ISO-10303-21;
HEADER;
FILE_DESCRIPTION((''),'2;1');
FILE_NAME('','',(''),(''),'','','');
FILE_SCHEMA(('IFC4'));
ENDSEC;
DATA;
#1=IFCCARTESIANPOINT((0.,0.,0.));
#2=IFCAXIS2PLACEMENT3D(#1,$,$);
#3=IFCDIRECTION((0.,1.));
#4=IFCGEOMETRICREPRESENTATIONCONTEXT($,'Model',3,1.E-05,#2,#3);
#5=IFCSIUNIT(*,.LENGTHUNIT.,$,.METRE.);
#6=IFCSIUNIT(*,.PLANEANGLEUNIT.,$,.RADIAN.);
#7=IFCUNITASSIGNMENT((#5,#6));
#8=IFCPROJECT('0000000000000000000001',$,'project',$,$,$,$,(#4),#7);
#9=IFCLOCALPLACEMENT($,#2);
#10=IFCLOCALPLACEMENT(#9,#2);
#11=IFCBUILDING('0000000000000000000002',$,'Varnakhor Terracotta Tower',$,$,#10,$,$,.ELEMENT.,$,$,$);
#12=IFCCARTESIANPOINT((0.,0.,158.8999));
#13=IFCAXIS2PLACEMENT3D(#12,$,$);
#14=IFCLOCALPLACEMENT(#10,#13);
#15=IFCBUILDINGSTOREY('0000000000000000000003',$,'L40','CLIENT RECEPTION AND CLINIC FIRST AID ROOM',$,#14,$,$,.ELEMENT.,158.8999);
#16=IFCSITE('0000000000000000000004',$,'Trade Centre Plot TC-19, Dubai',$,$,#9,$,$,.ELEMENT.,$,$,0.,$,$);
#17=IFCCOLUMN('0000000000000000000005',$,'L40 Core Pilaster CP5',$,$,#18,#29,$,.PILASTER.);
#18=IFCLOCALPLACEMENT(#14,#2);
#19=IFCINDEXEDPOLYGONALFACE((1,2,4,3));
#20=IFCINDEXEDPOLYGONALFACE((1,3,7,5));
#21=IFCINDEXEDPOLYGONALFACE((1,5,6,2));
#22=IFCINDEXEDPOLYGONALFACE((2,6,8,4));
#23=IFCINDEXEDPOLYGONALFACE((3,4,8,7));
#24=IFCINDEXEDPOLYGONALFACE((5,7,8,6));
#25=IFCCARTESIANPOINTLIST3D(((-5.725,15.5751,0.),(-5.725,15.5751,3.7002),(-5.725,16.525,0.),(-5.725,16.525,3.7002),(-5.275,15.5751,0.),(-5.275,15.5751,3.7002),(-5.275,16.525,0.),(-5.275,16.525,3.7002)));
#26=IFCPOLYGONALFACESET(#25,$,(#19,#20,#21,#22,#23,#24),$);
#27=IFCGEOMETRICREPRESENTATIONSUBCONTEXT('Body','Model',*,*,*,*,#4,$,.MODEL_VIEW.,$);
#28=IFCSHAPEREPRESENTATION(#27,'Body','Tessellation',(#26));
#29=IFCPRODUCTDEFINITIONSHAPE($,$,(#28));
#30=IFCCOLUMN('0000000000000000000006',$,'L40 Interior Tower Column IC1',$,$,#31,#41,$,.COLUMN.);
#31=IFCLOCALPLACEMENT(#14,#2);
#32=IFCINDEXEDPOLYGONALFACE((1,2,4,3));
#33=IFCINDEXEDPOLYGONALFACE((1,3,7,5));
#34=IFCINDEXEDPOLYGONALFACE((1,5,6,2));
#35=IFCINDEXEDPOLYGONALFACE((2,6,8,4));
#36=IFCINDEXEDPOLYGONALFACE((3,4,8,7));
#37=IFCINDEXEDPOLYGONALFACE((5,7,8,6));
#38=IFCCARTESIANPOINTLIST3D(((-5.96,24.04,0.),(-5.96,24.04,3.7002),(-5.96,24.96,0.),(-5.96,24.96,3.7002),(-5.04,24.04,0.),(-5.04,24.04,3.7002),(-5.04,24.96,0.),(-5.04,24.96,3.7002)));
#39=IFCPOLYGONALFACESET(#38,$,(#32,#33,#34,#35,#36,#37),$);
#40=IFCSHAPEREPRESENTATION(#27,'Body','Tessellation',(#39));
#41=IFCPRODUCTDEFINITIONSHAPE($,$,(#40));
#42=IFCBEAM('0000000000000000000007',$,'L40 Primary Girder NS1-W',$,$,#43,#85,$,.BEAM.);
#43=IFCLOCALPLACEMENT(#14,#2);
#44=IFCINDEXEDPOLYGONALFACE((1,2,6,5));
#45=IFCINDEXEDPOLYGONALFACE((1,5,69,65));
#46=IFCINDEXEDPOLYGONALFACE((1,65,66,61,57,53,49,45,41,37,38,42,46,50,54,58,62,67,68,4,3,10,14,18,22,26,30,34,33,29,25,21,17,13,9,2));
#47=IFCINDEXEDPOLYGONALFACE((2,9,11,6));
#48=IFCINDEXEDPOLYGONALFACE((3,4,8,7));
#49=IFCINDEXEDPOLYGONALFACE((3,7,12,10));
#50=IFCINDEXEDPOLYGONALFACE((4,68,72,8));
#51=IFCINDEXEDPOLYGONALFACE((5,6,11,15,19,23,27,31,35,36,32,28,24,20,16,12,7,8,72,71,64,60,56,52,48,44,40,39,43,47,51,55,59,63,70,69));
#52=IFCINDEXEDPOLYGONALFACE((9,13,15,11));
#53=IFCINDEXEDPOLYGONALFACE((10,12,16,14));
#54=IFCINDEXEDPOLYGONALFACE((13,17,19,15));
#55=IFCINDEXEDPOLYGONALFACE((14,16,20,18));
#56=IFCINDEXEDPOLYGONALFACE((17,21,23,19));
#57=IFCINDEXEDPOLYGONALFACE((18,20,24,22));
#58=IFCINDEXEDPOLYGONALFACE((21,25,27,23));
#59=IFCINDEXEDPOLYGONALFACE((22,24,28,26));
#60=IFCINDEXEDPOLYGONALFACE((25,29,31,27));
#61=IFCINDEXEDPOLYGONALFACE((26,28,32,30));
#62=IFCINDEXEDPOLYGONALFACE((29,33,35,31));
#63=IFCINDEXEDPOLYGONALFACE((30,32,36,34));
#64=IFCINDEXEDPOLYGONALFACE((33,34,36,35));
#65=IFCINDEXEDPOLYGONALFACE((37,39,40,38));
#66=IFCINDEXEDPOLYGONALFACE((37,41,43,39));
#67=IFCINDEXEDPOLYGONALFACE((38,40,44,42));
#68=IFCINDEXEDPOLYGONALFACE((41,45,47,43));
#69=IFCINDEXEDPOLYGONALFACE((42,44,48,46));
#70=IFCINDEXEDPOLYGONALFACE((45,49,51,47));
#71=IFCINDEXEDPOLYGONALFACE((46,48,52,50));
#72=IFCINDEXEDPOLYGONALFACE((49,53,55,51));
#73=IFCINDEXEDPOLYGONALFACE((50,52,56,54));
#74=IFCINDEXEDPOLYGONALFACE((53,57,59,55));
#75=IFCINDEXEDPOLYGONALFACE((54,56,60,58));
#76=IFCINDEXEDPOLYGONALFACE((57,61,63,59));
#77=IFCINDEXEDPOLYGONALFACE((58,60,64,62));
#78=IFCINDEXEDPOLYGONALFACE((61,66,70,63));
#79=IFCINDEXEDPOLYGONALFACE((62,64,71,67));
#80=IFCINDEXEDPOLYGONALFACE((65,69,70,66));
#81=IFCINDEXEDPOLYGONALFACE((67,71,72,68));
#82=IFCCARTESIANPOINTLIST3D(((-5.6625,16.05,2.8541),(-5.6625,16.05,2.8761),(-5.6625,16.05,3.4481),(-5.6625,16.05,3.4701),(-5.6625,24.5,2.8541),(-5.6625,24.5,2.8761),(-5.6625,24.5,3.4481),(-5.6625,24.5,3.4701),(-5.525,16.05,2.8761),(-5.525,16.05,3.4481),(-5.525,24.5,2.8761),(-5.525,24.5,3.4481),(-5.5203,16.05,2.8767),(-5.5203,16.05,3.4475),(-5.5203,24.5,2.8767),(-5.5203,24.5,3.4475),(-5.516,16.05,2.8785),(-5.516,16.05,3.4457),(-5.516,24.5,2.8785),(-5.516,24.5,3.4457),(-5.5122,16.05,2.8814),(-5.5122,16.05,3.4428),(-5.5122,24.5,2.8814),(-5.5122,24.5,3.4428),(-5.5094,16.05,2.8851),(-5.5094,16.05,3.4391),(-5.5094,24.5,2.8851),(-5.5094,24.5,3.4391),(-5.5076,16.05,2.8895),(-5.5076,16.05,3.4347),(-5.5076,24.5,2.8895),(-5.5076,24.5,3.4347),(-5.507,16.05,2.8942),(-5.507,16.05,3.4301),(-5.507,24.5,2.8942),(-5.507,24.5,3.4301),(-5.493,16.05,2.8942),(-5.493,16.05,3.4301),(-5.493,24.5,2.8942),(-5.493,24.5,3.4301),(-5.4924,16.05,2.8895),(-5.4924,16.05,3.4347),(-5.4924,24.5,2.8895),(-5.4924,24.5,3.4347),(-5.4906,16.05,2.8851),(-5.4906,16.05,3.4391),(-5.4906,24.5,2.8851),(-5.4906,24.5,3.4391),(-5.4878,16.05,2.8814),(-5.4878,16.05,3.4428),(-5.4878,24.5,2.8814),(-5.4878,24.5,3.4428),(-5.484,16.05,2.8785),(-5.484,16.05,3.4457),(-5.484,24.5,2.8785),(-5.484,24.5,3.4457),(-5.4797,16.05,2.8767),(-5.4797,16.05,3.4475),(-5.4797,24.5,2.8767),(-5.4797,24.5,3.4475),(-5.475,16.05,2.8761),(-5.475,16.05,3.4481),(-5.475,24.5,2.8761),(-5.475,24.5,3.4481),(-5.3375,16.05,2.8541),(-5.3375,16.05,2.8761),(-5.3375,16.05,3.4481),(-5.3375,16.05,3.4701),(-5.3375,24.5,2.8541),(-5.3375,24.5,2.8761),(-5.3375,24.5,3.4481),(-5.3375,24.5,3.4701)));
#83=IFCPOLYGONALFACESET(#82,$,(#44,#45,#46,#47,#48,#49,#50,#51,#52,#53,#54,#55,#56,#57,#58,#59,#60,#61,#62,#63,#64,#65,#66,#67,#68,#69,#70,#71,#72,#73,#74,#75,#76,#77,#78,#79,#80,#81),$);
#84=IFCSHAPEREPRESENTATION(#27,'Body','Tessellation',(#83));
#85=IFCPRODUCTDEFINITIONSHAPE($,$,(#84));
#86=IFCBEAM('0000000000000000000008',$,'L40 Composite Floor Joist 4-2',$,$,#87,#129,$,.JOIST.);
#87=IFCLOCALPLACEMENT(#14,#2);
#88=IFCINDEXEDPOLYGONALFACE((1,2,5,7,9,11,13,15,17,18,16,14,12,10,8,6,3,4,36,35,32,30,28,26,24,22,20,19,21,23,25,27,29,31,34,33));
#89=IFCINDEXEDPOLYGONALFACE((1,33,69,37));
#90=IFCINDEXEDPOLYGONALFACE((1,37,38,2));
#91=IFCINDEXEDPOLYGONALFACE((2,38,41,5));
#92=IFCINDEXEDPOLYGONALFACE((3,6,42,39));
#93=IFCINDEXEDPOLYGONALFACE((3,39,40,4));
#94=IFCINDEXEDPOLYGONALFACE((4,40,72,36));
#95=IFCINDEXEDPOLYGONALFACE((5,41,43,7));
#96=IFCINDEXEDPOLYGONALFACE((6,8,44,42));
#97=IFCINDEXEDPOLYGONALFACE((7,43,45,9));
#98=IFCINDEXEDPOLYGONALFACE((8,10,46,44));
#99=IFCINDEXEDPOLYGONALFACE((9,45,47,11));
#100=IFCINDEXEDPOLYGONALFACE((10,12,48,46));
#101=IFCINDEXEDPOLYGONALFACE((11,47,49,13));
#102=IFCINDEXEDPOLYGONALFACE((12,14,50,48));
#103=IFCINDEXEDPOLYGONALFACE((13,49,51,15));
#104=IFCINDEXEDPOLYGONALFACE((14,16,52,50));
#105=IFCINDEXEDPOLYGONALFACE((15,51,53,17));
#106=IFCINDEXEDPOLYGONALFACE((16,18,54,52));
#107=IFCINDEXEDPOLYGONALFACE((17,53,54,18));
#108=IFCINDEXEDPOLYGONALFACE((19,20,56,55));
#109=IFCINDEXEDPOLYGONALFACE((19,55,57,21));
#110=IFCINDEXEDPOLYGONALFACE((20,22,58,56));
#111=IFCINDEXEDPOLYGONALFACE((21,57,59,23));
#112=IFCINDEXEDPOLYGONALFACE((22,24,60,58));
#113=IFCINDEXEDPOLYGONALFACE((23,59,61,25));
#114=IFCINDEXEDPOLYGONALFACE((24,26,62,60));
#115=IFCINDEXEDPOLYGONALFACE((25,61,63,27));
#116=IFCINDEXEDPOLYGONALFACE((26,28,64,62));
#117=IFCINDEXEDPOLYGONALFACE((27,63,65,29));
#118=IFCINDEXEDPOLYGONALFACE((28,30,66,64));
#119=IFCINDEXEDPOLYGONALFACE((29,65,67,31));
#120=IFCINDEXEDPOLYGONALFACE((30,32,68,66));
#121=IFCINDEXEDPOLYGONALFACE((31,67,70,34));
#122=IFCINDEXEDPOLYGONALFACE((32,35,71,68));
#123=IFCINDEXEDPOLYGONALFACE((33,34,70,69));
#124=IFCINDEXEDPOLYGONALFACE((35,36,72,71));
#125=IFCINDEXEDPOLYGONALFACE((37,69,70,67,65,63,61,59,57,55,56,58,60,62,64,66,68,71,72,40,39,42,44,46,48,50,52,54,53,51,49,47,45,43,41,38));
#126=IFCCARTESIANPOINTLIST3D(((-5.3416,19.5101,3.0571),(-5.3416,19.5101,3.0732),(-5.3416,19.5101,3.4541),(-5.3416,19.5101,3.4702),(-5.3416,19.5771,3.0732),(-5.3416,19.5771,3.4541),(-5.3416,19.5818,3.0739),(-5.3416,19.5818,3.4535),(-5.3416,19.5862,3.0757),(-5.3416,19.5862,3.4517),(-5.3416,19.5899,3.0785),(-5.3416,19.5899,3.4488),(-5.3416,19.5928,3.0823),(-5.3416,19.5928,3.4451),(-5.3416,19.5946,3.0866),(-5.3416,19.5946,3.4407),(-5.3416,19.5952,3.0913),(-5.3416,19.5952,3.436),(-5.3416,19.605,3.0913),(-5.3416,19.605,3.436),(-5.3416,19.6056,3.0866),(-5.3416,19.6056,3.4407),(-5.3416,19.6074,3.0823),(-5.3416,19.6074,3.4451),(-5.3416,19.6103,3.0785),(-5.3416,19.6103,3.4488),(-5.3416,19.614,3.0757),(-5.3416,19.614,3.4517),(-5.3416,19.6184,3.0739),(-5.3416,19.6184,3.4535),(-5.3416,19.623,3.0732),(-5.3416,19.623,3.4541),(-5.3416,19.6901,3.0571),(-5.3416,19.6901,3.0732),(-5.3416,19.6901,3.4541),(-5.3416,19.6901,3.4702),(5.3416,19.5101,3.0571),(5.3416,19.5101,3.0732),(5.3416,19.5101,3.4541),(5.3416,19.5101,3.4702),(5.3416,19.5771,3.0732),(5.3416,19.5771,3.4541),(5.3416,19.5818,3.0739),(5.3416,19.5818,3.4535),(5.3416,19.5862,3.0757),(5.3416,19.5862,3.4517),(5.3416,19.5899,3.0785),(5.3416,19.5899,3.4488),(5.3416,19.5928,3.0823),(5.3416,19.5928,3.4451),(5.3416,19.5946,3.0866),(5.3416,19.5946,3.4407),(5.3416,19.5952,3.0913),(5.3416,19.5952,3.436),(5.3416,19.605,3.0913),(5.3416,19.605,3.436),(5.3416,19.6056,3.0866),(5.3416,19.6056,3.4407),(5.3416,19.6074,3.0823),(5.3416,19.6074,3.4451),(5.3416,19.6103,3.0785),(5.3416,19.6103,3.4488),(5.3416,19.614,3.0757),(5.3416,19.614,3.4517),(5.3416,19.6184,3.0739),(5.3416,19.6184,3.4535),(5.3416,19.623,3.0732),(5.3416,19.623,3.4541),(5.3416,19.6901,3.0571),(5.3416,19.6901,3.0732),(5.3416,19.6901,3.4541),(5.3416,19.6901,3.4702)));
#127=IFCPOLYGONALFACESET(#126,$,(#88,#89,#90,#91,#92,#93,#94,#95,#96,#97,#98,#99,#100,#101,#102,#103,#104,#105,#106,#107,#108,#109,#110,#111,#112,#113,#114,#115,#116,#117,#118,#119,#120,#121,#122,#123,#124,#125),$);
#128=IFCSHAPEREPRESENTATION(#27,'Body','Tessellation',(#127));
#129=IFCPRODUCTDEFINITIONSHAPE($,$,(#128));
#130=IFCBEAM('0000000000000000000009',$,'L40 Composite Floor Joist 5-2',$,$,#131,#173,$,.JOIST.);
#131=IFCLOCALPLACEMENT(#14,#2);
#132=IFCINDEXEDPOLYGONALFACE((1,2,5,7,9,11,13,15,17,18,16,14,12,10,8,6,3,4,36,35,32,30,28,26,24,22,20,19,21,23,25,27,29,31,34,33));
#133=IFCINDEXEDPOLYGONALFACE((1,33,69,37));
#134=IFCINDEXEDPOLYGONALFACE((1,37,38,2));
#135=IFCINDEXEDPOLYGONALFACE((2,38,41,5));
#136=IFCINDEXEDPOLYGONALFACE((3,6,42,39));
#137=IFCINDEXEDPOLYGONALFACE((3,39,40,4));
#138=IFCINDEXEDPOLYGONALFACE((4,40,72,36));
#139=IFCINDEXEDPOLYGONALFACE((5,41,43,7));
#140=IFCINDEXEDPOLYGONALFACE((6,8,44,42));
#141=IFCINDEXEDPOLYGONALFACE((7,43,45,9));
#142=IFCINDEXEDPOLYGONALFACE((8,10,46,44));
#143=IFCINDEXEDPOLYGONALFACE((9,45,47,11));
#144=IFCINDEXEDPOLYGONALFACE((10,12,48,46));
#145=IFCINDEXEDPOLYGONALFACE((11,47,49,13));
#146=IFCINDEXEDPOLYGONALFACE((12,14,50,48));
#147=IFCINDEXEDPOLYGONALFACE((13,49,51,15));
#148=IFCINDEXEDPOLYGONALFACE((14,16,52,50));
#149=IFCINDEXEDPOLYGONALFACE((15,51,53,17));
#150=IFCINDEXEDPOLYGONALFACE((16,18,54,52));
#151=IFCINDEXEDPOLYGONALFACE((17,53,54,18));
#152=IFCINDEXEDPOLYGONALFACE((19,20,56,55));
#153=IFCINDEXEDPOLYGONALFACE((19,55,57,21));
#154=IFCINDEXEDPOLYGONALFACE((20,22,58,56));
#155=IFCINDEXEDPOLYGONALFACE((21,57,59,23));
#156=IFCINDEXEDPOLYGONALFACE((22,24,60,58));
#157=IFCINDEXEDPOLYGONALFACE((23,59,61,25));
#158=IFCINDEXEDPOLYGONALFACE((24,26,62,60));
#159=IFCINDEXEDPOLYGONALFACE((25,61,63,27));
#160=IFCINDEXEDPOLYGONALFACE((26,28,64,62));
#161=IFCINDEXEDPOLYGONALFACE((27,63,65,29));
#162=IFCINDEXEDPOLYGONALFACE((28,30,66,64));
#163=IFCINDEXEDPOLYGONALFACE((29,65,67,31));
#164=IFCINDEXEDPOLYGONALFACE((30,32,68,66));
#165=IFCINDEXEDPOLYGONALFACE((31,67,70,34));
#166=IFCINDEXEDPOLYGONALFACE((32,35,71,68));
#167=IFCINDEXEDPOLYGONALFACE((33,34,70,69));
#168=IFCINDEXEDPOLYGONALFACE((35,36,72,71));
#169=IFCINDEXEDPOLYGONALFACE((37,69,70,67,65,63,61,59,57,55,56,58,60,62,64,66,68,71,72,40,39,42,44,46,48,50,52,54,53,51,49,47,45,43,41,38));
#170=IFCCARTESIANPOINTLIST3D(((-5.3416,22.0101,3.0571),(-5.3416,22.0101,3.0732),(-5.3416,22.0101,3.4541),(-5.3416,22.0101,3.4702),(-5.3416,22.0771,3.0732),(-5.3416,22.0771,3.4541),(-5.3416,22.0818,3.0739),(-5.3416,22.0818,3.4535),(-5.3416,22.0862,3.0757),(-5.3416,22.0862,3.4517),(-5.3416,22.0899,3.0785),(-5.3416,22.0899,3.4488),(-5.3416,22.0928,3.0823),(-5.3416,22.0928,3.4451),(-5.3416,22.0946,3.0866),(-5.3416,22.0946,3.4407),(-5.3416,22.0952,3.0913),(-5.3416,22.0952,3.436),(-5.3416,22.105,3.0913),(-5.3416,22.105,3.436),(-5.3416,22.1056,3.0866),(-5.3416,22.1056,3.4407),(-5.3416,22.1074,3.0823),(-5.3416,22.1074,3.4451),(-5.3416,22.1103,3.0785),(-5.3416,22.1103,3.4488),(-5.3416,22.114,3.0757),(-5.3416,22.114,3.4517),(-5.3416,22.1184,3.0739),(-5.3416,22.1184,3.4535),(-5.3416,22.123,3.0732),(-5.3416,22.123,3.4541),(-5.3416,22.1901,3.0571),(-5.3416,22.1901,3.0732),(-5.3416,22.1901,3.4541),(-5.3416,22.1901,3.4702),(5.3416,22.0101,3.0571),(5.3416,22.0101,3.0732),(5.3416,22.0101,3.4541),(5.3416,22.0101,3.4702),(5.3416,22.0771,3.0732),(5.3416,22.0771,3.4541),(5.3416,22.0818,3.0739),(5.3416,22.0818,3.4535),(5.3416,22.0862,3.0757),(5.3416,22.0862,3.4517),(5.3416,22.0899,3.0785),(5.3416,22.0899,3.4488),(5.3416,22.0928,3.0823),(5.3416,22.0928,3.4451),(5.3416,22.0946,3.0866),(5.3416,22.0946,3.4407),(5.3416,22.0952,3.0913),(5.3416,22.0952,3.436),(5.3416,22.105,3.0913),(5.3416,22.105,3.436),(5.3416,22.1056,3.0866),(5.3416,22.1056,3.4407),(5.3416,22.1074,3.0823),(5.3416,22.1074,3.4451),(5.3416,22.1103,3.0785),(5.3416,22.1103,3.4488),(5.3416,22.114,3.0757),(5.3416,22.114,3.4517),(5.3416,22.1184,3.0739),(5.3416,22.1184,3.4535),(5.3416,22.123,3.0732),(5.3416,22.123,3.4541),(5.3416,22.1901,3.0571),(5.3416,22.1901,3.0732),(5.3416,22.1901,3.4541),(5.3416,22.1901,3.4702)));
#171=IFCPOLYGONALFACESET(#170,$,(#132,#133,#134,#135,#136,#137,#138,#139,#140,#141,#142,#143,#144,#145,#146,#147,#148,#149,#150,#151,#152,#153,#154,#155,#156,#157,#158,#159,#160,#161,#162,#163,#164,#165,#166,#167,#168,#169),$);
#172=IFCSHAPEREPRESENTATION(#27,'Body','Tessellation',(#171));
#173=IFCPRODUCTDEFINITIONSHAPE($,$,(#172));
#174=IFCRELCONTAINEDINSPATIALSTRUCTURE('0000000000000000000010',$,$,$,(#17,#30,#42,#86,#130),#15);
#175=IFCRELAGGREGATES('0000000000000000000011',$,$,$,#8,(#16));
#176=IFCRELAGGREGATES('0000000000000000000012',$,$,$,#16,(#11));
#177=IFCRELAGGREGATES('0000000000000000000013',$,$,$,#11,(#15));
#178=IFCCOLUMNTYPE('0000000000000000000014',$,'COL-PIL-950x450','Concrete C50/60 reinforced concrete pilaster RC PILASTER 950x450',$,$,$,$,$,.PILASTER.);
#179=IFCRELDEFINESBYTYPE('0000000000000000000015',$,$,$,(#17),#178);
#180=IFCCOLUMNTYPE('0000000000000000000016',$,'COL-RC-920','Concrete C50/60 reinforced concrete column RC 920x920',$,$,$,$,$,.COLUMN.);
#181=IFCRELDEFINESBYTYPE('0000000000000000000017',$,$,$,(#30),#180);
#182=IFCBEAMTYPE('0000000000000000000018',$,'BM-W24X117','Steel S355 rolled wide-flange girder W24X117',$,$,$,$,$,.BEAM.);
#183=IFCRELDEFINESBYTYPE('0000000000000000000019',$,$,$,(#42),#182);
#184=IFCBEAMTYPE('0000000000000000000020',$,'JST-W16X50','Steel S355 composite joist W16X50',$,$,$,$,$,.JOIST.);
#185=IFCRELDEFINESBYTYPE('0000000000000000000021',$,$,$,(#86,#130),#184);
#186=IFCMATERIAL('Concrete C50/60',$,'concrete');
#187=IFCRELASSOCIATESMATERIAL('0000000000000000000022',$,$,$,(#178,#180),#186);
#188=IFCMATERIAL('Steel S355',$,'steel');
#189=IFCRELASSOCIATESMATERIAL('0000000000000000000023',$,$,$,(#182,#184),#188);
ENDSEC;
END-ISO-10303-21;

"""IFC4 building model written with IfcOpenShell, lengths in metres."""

from ifc_helpers import new_model, si_unit, direction, frame, origin, origin_2d, place, context, subcontext, project, spatial, rectangle, i_section, extrude, source, transform, mapped, material, material_profile, profile_set, type_object, type_shapes, element, save


model = new_model("IFC4")

# Units and contexts
model_context = context("Model", 3, precision=1e-05, world=origin(), true_north=direction((0.0, 1.0)))
body_context = subcontext(model_context, "Body", "Model", "MODEL_VIEW")
ifc_project = project(units=[si_unit("LENGTHUNIT", "METRE"), si_unit("PLANEANGLEUNIT", "RADIAN")], contexts=[model_context])

# Site, building, storey
site_placement = place(None, origin())
site = spatial("IfcSite", under=ifc_project, at=site_placement, Name="Trade Centre Plot TC-19, Dubai", CompositionType="ELEMENT", RefElevation=0.0)
building_placement = place(site_placement, origin())
building = spatial("IfcBuilding", under=site, at=building_placement, Name="Varnakhor Terracotta Tower", CompositionType="ELEMENT")
storey_placement = place(building_placement, frame((0.0, 0.0, 158.8999)))
storey = spatial("IfcBuildingStorey", under=building, at=storey_placement, Name="L40", Description="CLIENT RECEPTION AND CLINIC FIRST AID ROOM", CompositionType="ELEMENT", Elevation=158.8999)

# Columns
ifc_material_1 = material(Name="Concrete C50/60", Category="concrete")
ifc_material_profile_1 = material_profile(ifc_material_1, rectangle(XDim=0.45, YDim=0.95, at=origin_2d()), Name="RC PILASTER 950x450")
ifc_profile_set_1 = profile_set([ifc_material_profile_1], Name="Concrete C50/60")
column_type_1 = type_object("IfcColumnType", Name="COL-PIL-950x450", Description="Concrete C50/60 reinforced concrete pilaster RC PILASTER 950x450", PredefinedType="PILASTER", material=ifc_profile_set_1)
shared_shape_1 = source(origin(), body_context, "Body", "SweptSolid", [
    extrude(rectangle(XDim=0.45, YDim=0.95, at=origin_2d()), origin(), (0.0, 0.0, 1.0), 3.7002),
])
column_1_placement = place(storey_placement, frame((-5.5, 16.05, 0.0), z_axis=(0.0, 0.0, 1.0), x_axis=(1.0, 0.0, 0.0)))
element("IfcColumn", 1, at=column_1_placement, inside=storey, type_object=column_type_1, Name="L40 Core Pilaster CP5", PredefinedType="PILASTER", context=body_context, shape_type="MappedRepresentation", body=[
    mapped(shared_shape_1, transform((0.0, 0.0, 0.0), scale=1.0)),
])
ifc_material_profile_2 = material_profile(ifc_material_1, rectangle(XDim=0.9199, YDim=0.9199, at=origin_2d()), Name="RC 920x920")
ifc_profile_set_2 = profile_set([ifc_material_profile_2], Name="Concrete C50/60")
column_type_2 = type_object("IfcColumnType", Name="COL-RC-920", Description="Concrete C50/60 reinforced concrete column RC 920x920", PredefinedType="COLUMN", material=ifc_profile_set_2)
shared_shape_2 = source(origin(), body_context, "Body", "SweptSolid", [
    extrude(rectangle(XDim=0.9199, YDim=0.9199, at=origin_2d()), origin(), (0.0, 0.0, 1.0), 3.7002),
])
column_2_placement = place(storey_placement, frame((-5.5, 24.5, 0.0), z_axis=(0.0, 0.0, 1.0), x_axis=(1.0, 0.0, 0.0)))
element("IfcColumn", 2, at=column_2_placement, inside=storey, type_object=column_type_2, Name="L40 Interior Tower Column IC1", PredefinedType="COLUMN", context=body_context, shape_type="MappedRepresentation", body=[
    mapped(shared_shape_2, transform((0.0, 0.0, 0.0), scale=1.0)),
])

# Beams
ifc_material_2 = material(Name="Steel S355", Category="steel")
ifc_material_profile_3 = material_profile(ifc_material_2, i_section(OverallWidth=0.325, OverallDepth=0.616, WebThickness=0.0139, FlangeThickness=0.022, FilletRadius=0.0181, at=origin_2d()), Name="W24X117")
ifc_profile_set_3 = profile_set([ifc_material_profile_3], Name="Steel S355")
beam_type_1 = type_object("IfcBeamType", Name="BM-W24X117", Description="Steel S355 rolled wide-flange girder W24X117", PredefinedType="BEAM", material=ifc_profile_set_3)
shared_shape_3 = source(origin(), body_context, "Body", "SweptSolid", [
    extrude(i_section(OverallWidth=0.325, OverallDepth=0.616, WebThickness=0.0139, FlangeThickness=0.022, FilletRadius=0.0181, at=origin_2d()), origin(), (0.0, 0.0, 1.0), 8.45),
])
type_shapes(beam_type_1, [shared_shape_3])
beam_placement = place(storey_placement, frame((-5.5, 16.05, 3.1621), z_axis=(0.0, 1.0, 0.0), x_axis=(-1.0, 0.0, 0.0)))
element("IfcBeam", 3, at=beam_placement, inside=storey, type_object=beam_type_1, Name="L40 Primary Girder NS1-W", PredefinedType="BEAM", context=body_context, shape_type="MappedRepresentation", body=[
    mapped(shared_shape_3, transform((0.0, 0.0, 0.0), scale=1.0)),
])
ifc_material_profile_4 = material_profile(ifc_material_2, i_section(OverallWidth=0.1799, OverallDepth=0.4131, WebThickness=0.0098, FlangeThickness=0.0161, FilletRadius=0.0181, at=origin_2d()), Name="W16X50")
ifc_profile_set_4 = profile_set([ifc_material_profile_4], Name="Steel S355")
beam_type_2 = type_object("IfcBeamType", Name="JST-W16X50", Description="Steel S355 composite joist W16X50", PredefinedType="JOIST", material=ifc_profile_set_4)
shared_shape_4 = source(origin(), body_context, "Body", "SweptSolid", [
    extrude(i_section(OverallWidth=0.1799, OverallDepth=0.4131, WebThickness=0.0098, FlangeThickness=0.0161, FilletRadius=0.0181, at=origin_2d()), origin(), (0.0, 0.0, 1.0), 10.6831),
])
for number, where, z_axis, x_axis, name in (
    (4, (-5.3416, 19.6001, 3.2637), (1.0, 0.0, 0.0), (0.0, 1.0, 0.0), "L40 Composite Floor Joist 4-2"),
    (5, (-5.3416, 22.1001, 3.2637), (1.0, 0.0, 0.0), (0.0, 1.0, 0.0), "L40 Composite Floor Joist 5-2"),
):
    element("IfcBeam", number, at=place(storey_placement, frame(where, z_axis=z_axis, x_axis=x_axis)), inside=storey, type_object=beam_type_2, Name=name, PredefinedType="JOIST", context=body_context, shape_type="MappedRepresentation", body=[
        mapped(shared_shape_4, transform((0.0, 0.0, 0.0), scale=1.0)),
    ])

save(model, "model.ifc")
